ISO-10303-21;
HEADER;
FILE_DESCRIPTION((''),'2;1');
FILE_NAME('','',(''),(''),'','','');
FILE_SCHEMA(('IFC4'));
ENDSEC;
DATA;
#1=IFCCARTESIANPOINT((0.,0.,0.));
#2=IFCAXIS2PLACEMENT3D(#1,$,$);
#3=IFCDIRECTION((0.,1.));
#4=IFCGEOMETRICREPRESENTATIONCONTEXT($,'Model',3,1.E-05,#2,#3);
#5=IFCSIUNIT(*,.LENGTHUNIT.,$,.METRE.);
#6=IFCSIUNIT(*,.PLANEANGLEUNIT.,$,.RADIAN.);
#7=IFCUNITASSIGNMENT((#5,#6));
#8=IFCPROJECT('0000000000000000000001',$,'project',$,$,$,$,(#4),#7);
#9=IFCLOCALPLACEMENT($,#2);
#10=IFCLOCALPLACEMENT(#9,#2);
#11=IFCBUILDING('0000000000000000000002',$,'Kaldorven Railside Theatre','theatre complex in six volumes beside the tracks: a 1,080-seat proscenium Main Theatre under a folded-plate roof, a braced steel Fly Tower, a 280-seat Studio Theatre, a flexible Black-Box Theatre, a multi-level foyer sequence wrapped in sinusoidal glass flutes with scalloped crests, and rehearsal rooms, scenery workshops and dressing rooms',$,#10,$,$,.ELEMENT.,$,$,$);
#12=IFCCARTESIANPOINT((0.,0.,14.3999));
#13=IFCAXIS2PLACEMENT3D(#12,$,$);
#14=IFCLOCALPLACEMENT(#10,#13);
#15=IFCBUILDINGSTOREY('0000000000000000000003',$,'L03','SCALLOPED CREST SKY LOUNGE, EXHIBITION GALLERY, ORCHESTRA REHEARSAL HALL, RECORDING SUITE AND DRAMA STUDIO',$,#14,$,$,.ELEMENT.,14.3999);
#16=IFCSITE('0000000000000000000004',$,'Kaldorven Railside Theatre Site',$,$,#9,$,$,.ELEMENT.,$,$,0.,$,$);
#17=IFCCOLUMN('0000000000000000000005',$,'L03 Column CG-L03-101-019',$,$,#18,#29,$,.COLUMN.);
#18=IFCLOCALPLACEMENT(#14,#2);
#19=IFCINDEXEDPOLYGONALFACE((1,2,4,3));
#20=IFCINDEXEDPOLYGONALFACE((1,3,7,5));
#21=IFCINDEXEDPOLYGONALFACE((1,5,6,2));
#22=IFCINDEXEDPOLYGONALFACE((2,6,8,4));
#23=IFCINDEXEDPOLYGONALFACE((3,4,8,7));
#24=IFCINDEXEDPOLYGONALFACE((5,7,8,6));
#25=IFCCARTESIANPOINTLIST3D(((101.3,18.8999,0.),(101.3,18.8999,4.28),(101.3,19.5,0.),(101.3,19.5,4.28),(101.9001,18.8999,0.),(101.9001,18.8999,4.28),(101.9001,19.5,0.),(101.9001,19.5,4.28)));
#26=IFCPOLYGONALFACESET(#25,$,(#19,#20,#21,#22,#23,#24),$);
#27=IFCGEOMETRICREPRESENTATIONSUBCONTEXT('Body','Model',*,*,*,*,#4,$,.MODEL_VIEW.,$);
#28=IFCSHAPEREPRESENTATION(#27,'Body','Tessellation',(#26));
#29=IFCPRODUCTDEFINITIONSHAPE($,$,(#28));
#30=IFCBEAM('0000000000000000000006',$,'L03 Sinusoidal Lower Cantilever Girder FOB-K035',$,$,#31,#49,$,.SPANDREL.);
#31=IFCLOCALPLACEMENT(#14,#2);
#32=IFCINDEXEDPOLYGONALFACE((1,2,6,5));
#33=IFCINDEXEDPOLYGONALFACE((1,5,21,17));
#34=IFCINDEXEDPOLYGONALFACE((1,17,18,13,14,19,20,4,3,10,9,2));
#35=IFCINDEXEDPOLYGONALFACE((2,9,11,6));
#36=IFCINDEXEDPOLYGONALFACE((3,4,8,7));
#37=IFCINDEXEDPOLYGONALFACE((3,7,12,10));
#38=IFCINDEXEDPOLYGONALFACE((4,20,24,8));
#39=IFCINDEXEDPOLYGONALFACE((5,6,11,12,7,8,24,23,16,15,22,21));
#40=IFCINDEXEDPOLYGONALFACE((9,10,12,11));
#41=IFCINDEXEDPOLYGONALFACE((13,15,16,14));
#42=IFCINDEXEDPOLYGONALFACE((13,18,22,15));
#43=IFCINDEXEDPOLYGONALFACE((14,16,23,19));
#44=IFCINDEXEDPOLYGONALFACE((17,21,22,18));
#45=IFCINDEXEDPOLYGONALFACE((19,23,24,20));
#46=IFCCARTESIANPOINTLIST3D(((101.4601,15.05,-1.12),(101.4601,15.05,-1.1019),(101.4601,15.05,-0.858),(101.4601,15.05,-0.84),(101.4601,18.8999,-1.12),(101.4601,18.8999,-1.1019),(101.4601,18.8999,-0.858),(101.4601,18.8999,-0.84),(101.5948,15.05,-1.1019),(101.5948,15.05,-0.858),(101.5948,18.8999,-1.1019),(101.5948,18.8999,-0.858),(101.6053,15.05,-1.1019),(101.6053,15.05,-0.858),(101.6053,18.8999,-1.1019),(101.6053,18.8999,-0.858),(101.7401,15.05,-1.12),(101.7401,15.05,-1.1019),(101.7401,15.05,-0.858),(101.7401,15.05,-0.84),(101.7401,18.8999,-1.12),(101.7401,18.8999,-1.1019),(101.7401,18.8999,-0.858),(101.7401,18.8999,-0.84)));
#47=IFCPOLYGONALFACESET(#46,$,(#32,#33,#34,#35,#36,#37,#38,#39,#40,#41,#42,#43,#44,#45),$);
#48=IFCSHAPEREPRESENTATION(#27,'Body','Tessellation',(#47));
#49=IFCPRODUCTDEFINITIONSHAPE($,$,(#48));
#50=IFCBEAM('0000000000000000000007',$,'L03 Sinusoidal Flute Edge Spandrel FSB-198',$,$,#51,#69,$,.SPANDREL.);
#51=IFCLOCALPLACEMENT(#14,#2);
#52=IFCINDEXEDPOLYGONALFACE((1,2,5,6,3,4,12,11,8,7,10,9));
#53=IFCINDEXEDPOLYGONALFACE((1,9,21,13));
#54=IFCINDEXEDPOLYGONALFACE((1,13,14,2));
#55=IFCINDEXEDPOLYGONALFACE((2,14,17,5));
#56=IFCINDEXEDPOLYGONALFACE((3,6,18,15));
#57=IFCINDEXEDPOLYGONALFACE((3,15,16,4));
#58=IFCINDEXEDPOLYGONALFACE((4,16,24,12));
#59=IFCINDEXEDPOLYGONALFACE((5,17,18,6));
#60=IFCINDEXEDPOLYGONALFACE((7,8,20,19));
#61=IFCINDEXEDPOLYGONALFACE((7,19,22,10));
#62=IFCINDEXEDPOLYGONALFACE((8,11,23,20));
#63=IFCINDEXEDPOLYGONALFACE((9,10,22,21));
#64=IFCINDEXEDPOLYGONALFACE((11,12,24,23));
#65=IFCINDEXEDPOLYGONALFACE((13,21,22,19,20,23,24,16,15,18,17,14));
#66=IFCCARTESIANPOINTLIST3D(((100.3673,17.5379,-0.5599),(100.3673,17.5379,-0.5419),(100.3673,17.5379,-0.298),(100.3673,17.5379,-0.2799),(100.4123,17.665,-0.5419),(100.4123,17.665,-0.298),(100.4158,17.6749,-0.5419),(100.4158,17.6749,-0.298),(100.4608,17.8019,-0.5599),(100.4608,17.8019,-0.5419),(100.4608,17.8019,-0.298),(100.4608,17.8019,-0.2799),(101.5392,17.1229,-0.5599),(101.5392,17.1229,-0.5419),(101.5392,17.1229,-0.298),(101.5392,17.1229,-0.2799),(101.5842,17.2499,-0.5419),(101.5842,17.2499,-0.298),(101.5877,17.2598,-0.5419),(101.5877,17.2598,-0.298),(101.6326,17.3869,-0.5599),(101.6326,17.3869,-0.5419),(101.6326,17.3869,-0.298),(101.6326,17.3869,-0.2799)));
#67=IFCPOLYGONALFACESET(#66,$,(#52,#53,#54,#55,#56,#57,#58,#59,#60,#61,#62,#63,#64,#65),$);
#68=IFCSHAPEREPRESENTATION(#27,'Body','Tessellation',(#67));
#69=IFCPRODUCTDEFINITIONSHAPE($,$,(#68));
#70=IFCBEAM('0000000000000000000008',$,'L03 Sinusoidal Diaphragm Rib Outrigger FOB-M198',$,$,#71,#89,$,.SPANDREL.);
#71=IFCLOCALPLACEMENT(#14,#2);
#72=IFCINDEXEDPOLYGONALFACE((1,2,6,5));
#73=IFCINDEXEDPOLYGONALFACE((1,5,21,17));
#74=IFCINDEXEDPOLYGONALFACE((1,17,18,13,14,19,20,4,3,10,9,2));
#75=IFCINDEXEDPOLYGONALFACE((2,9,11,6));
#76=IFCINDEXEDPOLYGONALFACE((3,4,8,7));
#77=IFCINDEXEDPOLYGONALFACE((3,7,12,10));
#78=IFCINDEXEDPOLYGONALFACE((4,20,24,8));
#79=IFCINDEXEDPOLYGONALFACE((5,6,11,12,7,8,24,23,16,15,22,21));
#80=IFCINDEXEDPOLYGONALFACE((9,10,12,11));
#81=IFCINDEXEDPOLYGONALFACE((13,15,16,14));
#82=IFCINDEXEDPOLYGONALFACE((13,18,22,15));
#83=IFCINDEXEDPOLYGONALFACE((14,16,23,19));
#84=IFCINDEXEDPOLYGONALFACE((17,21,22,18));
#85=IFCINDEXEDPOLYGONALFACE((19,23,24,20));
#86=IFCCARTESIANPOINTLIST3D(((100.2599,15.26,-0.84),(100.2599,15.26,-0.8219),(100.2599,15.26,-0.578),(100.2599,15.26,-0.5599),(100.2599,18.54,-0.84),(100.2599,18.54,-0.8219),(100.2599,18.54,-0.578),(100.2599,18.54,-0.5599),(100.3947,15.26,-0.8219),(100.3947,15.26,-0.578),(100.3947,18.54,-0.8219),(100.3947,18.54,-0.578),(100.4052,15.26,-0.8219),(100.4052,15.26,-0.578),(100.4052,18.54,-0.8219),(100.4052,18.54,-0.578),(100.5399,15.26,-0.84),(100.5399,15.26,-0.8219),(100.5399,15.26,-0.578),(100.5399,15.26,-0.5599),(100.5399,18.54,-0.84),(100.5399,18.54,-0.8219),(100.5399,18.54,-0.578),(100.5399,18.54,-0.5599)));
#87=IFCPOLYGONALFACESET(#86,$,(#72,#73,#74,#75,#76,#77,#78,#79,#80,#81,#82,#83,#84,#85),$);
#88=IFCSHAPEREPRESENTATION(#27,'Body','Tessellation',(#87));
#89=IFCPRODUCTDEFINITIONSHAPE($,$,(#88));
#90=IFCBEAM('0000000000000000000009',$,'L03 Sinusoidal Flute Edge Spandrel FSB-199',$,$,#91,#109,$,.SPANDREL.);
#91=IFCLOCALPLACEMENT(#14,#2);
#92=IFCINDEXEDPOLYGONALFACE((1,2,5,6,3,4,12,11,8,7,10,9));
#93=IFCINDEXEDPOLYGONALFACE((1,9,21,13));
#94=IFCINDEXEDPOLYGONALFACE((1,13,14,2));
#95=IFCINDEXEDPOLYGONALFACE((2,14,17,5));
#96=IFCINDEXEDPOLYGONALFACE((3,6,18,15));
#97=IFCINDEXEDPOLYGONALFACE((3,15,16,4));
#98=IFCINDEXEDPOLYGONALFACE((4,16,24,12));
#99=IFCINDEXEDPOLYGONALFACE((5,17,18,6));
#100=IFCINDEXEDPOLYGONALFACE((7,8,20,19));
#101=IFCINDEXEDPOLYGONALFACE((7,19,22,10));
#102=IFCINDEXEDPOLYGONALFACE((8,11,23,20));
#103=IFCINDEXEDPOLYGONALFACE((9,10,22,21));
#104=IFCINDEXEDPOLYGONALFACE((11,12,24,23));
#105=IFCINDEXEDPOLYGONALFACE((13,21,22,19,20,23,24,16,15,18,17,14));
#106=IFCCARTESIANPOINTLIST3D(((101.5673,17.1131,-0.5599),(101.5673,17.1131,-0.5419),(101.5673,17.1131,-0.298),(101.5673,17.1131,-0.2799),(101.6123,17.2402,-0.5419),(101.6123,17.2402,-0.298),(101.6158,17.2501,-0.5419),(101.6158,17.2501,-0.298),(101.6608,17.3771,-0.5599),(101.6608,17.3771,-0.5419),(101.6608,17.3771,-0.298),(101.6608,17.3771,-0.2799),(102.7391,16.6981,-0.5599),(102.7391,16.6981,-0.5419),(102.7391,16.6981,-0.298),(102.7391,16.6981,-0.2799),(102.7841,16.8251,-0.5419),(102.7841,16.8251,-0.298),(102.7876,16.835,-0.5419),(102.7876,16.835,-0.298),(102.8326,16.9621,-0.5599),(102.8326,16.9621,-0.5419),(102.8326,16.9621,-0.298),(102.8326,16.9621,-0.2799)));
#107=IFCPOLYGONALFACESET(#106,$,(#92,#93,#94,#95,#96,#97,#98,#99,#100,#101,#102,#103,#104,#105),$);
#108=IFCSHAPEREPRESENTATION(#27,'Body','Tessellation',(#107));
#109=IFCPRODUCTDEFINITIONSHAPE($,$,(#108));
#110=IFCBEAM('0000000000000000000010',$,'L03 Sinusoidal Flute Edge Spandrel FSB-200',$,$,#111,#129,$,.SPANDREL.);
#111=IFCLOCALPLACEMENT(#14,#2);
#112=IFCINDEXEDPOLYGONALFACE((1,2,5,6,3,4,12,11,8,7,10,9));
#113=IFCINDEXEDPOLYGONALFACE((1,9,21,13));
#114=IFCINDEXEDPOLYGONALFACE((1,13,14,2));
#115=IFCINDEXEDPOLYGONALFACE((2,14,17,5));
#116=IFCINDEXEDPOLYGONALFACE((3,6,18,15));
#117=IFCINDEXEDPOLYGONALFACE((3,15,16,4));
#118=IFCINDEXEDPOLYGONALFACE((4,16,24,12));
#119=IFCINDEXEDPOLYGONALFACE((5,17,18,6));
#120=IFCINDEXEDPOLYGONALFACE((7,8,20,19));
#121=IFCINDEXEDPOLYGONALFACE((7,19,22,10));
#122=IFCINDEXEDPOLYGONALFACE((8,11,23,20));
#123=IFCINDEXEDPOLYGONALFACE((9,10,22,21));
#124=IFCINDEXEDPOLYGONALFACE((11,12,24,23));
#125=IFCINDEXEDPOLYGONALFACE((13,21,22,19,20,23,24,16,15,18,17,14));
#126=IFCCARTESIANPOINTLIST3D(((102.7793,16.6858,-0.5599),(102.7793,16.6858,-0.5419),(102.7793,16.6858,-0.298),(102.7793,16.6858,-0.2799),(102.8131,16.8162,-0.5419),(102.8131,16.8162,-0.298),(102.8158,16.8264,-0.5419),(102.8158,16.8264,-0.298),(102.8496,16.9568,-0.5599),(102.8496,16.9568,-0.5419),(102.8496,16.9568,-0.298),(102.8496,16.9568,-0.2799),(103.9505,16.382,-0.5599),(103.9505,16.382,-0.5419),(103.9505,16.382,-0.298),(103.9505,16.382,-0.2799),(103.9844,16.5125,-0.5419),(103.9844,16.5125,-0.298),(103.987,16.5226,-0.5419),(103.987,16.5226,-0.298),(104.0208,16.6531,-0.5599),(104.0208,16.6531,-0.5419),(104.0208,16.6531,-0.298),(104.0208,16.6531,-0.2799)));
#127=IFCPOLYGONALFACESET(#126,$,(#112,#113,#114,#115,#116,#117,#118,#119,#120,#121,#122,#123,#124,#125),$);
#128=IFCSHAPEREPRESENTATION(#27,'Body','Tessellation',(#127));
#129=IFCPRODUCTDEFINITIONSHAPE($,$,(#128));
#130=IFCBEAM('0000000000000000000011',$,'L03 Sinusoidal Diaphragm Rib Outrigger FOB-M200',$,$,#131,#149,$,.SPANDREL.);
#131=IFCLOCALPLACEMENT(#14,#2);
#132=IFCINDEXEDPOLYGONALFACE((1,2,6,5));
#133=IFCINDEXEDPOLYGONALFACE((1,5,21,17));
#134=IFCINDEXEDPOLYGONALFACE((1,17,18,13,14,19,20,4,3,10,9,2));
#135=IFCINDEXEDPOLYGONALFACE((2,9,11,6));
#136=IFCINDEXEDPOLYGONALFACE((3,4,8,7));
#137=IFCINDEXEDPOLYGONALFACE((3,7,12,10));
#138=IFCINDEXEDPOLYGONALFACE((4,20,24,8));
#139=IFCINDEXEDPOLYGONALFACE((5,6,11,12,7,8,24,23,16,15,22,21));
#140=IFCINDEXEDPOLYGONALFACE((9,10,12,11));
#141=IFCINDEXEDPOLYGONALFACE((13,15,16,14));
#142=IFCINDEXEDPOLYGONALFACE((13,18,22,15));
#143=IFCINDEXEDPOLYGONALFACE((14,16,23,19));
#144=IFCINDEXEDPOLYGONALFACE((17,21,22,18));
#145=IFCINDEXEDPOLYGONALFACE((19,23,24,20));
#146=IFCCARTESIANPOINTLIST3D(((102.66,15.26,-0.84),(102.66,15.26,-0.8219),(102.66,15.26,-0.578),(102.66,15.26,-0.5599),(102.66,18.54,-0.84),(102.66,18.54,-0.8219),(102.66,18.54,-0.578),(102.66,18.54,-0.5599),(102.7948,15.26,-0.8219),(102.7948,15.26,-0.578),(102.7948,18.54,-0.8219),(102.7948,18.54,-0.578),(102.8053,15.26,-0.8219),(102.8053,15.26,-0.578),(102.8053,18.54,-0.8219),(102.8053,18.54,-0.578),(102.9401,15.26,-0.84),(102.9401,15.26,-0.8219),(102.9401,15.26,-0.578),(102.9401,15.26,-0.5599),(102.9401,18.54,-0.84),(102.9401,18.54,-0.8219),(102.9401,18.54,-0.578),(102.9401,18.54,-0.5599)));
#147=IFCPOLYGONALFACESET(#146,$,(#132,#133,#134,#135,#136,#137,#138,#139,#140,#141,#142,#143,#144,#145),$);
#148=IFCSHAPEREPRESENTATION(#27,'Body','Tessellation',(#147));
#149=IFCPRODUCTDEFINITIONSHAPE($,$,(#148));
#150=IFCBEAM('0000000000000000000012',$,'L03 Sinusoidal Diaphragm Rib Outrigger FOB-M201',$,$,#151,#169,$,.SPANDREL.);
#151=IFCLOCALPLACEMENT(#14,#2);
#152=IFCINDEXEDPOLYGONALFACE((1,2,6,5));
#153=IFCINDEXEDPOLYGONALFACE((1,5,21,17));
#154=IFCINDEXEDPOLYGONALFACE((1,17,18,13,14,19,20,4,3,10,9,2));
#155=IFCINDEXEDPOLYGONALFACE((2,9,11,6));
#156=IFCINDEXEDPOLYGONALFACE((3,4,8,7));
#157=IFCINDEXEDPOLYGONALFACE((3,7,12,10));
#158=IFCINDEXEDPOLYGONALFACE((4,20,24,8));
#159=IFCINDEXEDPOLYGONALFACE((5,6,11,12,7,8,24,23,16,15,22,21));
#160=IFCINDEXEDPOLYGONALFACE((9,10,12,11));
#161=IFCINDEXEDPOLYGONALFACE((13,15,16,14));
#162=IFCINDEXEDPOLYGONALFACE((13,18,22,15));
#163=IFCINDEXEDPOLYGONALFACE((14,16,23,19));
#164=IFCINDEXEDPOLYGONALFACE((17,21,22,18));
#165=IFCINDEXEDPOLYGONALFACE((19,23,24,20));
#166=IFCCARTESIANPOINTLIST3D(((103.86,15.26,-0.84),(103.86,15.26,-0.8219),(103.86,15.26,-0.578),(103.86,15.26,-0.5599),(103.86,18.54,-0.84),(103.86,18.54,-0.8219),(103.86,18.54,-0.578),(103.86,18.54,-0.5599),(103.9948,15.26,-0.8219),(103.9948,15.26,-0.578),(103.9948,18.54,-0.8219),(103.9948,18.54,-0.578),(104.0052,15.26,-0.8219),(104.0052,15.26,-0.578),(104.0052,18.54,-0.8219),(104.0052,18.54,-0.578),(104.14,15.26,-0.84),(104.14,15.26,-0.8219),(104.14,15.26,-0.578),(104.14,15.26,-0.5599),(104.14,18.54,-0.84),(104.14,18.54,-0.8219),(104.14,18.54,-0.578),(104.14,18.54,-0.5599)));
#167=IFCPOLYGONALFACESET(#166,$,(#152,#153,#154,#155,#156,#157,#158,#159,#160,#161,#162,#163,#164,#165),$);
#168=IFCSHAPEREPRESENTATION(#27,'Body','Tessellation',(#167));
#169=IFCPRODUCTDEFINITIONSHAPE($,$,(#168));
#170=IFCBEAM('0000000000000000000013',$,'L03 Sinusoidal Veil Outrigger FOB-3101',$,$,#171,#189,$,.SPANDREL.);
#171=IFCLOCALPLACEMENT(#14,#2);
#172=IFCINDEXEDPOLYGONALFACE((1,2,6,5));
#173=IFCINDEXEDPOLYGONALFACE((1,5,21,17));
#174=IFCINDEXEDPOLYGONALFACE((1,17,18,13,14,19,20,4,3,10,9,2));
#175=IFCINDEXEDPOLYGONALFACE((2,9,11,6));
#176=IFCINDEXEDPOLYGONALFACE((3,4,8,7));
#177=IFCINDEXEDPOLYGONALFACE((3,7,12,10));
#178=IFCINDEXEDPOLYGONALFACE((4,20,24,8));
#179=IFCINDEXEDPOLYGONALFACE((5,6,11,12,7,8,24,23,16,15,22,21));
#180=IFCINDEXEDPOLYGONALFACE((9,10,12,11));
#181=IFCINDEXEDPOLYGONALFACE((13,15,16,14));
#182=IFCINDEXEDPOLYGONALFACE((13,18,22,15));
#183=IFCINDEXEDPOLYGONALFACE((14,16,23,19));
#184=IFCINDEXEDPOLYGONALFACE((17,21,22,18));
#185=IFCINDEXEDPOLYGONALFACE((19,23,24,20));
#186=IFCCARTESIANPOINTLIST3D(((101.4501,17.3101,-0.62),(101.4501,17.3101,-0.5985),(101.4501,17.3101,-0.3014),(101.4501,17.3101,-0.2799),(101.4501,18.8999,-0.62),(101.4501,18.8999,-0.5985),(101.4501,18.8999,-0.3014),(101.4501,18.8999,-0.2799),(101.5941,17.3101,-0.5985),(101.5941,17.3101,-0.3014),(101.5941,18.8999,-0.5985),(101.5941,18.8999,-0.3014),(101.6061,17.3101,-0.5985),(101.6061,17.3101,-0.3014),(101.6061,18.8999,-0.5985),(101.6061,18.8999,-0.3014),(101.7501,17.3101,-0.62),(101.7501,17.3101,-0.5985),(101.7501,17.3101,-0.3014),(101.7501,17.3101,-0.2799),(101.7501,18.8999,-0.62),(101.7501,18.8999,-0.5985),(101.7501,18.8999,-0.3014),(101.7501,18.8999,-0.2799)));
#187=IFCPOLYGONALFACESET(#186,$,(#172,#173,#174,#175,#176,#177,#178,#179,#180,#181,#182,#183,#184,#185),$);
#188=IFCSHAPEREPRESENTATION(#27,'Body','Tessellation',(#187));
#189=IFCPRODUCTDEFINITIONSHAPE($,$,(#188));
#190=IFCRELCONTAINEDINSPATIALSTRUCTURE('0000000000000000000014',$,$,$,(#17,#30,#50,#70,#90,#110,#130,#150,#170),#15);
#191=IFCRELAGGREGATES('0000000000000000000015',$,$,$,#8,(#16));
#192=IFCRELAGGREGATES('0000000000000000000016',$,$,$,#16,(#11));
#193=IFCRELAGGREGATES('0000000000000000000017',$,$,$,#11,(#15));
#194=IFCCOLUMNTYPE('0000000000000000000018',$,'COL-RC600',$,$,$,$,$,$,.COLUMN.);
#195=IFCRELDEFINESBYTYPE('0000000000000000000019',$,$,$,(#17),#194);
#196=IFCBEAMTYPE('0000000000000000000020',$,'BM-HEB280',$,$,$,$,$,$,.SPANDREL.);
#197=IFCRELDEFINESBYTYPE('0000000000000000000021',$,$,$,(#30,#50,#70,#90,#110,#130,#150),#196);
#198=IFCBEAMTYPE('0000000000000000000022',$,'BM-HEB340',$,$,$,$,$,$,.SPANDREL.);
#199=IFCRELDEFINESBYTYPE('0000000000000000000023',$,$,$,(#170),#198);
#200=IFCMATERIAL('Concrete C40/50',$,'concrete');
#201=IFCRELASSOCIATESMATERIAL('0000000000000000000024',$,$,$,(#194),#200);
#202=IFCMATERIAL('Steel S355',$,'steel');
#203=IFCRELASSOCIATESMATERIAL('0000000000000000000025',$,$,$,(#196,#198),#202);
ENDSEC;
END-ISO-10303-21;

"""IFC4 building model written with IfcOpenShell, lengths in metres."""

from ifc_helpers import new_model, si_unit, direction, frame, origin, origin_2d, place, context, subcontext, project, spatial, rectangle, i_section, extrude, material, material_profile, profile_set, type_object, element, save


model = new_model("IFC4")

# Units and contexts
model_context = context("Model", 3, precision=1e-05, world=origin(), true_north=direction((0.0, 1.0)))
body_context = subcontext(model_context, "Body", "Model", "MODEL_VIEW")
ifc_project = project(units=[si_unit("LENGTHUNIT", "METRE"), si_unit("PLANEANGLEUNIT", "RADIAN")], contexts=[model_context])

# Site, building, storey
site_placement = place(None, origin())
site = spatial("IfcSite", under=ifc_project, at=site_placement, Name="Kaldorven Railside Theatre Site", CompositionType="ELEMENT", RefElevation=0.0)
building_placement = place(site_placement, origin())
building = spatial("IfcBuilding", under=site, at=building_placement, Name="Kaldorven Railside Theatre", Description="theatre complex in six volumes beside the tracks: a 1,080-seat proscenium Main Theatre under a folded-plate roof, a braced steel Fly Tower, a 280-seat Studio Theatre, a flexible Black-Box Theatre, a multi-level foyer sequence wrapped in sinusoidal glass flutes with scalloped crests, and rehearsal rooms, scenery workshops and dressing rooms", CompositionType="ELEMENT")
storey_placement = place(building_placement, frame((0.0, 0.0, 14.3999)))
storey = spatial("IfcBuildingStorey", under=building, at=storey_placement, Name="L03", Description="SCALLOPED CREST SKY LOUNGE, EXHIBITION GALLERY, ORCHESTRA REHEARSAL HALL, RECORDING SUITE AND DRAMA STUDIO", CompositionType="ELEMENT", Elevation=14.3999)

# Column
ifc_material_1 = material(Name="Concrete C40/50", Category="concrete")
ifc_material_profile_1 = material_profile(ifc_material_1, rectangle(XDim=0.6001, YDim=0.6001, at=origin_2d()), Name="RC 600x600")
ifc_profile_set_1 = profile_set([ifc_material_profile_1], Name="Concrete C40/50")
column_type = type_object("IfcColumnType", Name="COL-RC600", PredefinedType="COLUMN", material=ifc_profile_set_1)
column_placement = place(storey_placement, frame((101.6001, 19.2, 0.0), z_axis=(0.0, 0.0, 1.0), x_axis=(1.0, 0.0, 0.0)))
element("IfcColumn", 1, at=column_placement, inside=storey, type_object=column_type, Name="L03 Column CG-L03-101-019", PredefinedType="COLUMN", context=body_context, shape_type="SweptSolid", body=[
    extrude(rectangle(XDim=0.6001, YDim=0.6001, at=origin_2d()), origin(), (0.0, 0.0, 1.0), 4.28),
])

# Beams
ifc_material_2 = material(Name="Steel S355", Category="steel")
ifc_material_profile_2 = material_profile(ifc_material_2, i_section(OverallWidth=0.28, OverallDepth=0.28, WebThickness=0.0105, FlangeThickness=0.0181, at=origin_2d()), Name="HEB 280")
ifc_profile_set_2 = profile_set([ifc_material_profile_2], Name="Steel S355")
beam_type_1 = type_object("IfcBeamType", Name="BM-HEB280", PredefinedType="SPANDREL", material=ifc_profile_set_2)
beam_1_placement = place(storey_placement, frame((101.6001, 15.05, -0.98), z_axis=(0.0, 1.0, 0.0), x_axis=(-1.0, 0.0, 0.0)))
element("IfcBeam", 2, at=beam_1_placement, inside=storey, type_object=beam_type_1, Name="L03 Sinusoidal Lower Cantilever Girder FOB-K035", PredefinedType="SPANDREL", context=body_context, shape_type="SweptSolid", body=[
    extrude(i_section(OverallWidth=0.28, OverallDepth=0.28, WebThickness=0.0105, FlangeThickness=0.0181, at=origin_2d()), origin(), (0.0, 0.0, 1.0), 3.8499),
])
beam_2_placement = place(storey_placement, frame((100.4141, 17.6699, -0.4199), z_axis=(0.942627, -0.333847, 0.0), x_axis=(0.333847, 0.942627, 0.0)))
element("IfcBeam", 3, at=beam_2_placement, inside=storey, type_object=beam_type_1, Name="L03 Sinusoidal Flute Edge Spandrel FSB-198", PredefinedType="SPANDREL", context=body_context, shape_type="SweptSolid", body=[
    extrude(i_section(OverallWidth=0.28, OverallDepth=0.28, WebThickness=0.0105, FlangeThickness=0.0181, at=origin_2d()), origin(), (0.0, 0.0, 1.0), 1.2432),
])
beam_3_placement = place(storey_placement, frame((100.3999, 15.26, -0.7), z_axis=(0.0, 1.0, 0.0), x_axis=(-1.0, 0.0, 0.0)))
element("IfcBeam", 4, at=beam_3_placement, inside=storey, type_object=beam_type_1, Name="L03 Sinusoidal Diaphragm Rib Outrigger FOB-M198", PredefinedType="SPANDREL", context=body_context, shape_type="SweptSolid", body=[
    extrude(i_section(OverallWidth=0.28, OverallDepth=0.28, WebThickness=0.0105, FlangeThickness=0.0181, at=origin_2d()), origin(), (0.0, 0.0, 1.0), 3.28),
])
beam_4_placement = place(storey_placement, frame((101.614, 17.2451, -0.4199), z_axis=(0.942627, -0.333847, 0.0), x_axis=(0.333847, 0.942627, 0.0)))
element("IfcBeam", 5, at=beam_4_placement, inside=storey, type_object=beam_type_1, Name="L03 Sinusoidal Flute Edge Spandrel FSB-199", PredefinedType="SPANDREL", context=body_context, shape_type="SweptSolid", body=[
    extrude(i_section(OverallWidth=0.28, OverallDepth=0.28, WebThickness=0.0105, FlangeThickness=0.0181, at=origin_2d()), origin(), (0.0, 0.0, 1.0), 1.2432),
])
beam_5_placement = place(storey_placement, frame((102.8145, 16.8213, -0.4199), z_axis=(0.967981, -0.251025, 0.0), x_axis=(0.251025, 0.967981, 0.0)))
element("IfcBeam", 6, at=beam_5_placement, inside=storey, type_object=beam_type_1, Name="L03 Sinusoidal Flute Edge Spandrel FSB-200", PredefinedType="SPANDREL", context=body_context, shape_type="SweptSolid", body=[
    extrude(i_section(OverallWidth=0.28, OverallDepth=0.28, WebThickness=0.0105, FlangeThickness=0.0181, at=origin_2d()), origin(), (0.0, 0.0, 1.0), 1.21),
])
for number, where, z_axis, x_axis, name in (
    (7, (102.8, 15.26, -0.7), (0.0, 1.0, 0.0), (-1.0, 0.0, 0.0), "L03 Sinusoidal Diaphragm Rib Outrigger FOB-M200"),
    (8, (104.0, 15.26, -0.7), (0.0, 1.0, 0.0), (-1.0, 0.0, 0.0), "L03 Sinusoidal Diaphragm Rib Outrigger FOB-M201"),
):
    element("IfcBeam", number, at=place(storey_placement, frame(where, z_axis=z_axis, x_axis=x_axis)), inside=storey, type_object=beam_type_1, Name=name, PredefinedType="SPANDREL", context=body_context, shape_type="SweptSolid", body=[
        extrude(i_section(OverallWidth=0.28, OverallDepth=0.28, WebThickness=0.0105, FlangeThickness=0.0181, at=origin_2d()), origin(), (0.0, 0.0, 1.0), 3.28),
    ])
ifc_material_profile_3 = material_profile(ifc_material_2, i_section(OverallWidth=0.3, OverallDepth=0.3401, WebThickness=0.012, FlangeThickness=0.0215, at=origin_2d()), Name="HEB 340")
ifc_profile_set_3 = profile_set([ifc_material_profile_3], Name="Steel S355")
beam_type_2 = type_object("IfcBeamType", Name="BM-HEB340", PredefinedType="SPANDREL", material=ifc_profile_set_3)
beam_6_placement = place(storey_placement, frame((101.6001, 17.3101, -0.45), z_axis=(0.0, 1.0, 0.0), x_axis=(-1.0, 0.0, 0.0)))
element("IfcBeam", 9, at=beam_6_placement, inside=storey, type_object=beam_type_2, Name="L03 Sinusoidal Veil Outrigger FOB-3101", PredefinedType="SPANDREL", context=body_context, shape_type="SweptSolid", body=[
    extrude(i_section(OverallWidth=0.3, OverallDepth=0.3401, WebThickness=0.012, FlangeThickness=0.0215, at=origin_2d()), origin(), (0.0, 0.0, 1.0), 1.5898),
])

save(model, "model.ifc")
